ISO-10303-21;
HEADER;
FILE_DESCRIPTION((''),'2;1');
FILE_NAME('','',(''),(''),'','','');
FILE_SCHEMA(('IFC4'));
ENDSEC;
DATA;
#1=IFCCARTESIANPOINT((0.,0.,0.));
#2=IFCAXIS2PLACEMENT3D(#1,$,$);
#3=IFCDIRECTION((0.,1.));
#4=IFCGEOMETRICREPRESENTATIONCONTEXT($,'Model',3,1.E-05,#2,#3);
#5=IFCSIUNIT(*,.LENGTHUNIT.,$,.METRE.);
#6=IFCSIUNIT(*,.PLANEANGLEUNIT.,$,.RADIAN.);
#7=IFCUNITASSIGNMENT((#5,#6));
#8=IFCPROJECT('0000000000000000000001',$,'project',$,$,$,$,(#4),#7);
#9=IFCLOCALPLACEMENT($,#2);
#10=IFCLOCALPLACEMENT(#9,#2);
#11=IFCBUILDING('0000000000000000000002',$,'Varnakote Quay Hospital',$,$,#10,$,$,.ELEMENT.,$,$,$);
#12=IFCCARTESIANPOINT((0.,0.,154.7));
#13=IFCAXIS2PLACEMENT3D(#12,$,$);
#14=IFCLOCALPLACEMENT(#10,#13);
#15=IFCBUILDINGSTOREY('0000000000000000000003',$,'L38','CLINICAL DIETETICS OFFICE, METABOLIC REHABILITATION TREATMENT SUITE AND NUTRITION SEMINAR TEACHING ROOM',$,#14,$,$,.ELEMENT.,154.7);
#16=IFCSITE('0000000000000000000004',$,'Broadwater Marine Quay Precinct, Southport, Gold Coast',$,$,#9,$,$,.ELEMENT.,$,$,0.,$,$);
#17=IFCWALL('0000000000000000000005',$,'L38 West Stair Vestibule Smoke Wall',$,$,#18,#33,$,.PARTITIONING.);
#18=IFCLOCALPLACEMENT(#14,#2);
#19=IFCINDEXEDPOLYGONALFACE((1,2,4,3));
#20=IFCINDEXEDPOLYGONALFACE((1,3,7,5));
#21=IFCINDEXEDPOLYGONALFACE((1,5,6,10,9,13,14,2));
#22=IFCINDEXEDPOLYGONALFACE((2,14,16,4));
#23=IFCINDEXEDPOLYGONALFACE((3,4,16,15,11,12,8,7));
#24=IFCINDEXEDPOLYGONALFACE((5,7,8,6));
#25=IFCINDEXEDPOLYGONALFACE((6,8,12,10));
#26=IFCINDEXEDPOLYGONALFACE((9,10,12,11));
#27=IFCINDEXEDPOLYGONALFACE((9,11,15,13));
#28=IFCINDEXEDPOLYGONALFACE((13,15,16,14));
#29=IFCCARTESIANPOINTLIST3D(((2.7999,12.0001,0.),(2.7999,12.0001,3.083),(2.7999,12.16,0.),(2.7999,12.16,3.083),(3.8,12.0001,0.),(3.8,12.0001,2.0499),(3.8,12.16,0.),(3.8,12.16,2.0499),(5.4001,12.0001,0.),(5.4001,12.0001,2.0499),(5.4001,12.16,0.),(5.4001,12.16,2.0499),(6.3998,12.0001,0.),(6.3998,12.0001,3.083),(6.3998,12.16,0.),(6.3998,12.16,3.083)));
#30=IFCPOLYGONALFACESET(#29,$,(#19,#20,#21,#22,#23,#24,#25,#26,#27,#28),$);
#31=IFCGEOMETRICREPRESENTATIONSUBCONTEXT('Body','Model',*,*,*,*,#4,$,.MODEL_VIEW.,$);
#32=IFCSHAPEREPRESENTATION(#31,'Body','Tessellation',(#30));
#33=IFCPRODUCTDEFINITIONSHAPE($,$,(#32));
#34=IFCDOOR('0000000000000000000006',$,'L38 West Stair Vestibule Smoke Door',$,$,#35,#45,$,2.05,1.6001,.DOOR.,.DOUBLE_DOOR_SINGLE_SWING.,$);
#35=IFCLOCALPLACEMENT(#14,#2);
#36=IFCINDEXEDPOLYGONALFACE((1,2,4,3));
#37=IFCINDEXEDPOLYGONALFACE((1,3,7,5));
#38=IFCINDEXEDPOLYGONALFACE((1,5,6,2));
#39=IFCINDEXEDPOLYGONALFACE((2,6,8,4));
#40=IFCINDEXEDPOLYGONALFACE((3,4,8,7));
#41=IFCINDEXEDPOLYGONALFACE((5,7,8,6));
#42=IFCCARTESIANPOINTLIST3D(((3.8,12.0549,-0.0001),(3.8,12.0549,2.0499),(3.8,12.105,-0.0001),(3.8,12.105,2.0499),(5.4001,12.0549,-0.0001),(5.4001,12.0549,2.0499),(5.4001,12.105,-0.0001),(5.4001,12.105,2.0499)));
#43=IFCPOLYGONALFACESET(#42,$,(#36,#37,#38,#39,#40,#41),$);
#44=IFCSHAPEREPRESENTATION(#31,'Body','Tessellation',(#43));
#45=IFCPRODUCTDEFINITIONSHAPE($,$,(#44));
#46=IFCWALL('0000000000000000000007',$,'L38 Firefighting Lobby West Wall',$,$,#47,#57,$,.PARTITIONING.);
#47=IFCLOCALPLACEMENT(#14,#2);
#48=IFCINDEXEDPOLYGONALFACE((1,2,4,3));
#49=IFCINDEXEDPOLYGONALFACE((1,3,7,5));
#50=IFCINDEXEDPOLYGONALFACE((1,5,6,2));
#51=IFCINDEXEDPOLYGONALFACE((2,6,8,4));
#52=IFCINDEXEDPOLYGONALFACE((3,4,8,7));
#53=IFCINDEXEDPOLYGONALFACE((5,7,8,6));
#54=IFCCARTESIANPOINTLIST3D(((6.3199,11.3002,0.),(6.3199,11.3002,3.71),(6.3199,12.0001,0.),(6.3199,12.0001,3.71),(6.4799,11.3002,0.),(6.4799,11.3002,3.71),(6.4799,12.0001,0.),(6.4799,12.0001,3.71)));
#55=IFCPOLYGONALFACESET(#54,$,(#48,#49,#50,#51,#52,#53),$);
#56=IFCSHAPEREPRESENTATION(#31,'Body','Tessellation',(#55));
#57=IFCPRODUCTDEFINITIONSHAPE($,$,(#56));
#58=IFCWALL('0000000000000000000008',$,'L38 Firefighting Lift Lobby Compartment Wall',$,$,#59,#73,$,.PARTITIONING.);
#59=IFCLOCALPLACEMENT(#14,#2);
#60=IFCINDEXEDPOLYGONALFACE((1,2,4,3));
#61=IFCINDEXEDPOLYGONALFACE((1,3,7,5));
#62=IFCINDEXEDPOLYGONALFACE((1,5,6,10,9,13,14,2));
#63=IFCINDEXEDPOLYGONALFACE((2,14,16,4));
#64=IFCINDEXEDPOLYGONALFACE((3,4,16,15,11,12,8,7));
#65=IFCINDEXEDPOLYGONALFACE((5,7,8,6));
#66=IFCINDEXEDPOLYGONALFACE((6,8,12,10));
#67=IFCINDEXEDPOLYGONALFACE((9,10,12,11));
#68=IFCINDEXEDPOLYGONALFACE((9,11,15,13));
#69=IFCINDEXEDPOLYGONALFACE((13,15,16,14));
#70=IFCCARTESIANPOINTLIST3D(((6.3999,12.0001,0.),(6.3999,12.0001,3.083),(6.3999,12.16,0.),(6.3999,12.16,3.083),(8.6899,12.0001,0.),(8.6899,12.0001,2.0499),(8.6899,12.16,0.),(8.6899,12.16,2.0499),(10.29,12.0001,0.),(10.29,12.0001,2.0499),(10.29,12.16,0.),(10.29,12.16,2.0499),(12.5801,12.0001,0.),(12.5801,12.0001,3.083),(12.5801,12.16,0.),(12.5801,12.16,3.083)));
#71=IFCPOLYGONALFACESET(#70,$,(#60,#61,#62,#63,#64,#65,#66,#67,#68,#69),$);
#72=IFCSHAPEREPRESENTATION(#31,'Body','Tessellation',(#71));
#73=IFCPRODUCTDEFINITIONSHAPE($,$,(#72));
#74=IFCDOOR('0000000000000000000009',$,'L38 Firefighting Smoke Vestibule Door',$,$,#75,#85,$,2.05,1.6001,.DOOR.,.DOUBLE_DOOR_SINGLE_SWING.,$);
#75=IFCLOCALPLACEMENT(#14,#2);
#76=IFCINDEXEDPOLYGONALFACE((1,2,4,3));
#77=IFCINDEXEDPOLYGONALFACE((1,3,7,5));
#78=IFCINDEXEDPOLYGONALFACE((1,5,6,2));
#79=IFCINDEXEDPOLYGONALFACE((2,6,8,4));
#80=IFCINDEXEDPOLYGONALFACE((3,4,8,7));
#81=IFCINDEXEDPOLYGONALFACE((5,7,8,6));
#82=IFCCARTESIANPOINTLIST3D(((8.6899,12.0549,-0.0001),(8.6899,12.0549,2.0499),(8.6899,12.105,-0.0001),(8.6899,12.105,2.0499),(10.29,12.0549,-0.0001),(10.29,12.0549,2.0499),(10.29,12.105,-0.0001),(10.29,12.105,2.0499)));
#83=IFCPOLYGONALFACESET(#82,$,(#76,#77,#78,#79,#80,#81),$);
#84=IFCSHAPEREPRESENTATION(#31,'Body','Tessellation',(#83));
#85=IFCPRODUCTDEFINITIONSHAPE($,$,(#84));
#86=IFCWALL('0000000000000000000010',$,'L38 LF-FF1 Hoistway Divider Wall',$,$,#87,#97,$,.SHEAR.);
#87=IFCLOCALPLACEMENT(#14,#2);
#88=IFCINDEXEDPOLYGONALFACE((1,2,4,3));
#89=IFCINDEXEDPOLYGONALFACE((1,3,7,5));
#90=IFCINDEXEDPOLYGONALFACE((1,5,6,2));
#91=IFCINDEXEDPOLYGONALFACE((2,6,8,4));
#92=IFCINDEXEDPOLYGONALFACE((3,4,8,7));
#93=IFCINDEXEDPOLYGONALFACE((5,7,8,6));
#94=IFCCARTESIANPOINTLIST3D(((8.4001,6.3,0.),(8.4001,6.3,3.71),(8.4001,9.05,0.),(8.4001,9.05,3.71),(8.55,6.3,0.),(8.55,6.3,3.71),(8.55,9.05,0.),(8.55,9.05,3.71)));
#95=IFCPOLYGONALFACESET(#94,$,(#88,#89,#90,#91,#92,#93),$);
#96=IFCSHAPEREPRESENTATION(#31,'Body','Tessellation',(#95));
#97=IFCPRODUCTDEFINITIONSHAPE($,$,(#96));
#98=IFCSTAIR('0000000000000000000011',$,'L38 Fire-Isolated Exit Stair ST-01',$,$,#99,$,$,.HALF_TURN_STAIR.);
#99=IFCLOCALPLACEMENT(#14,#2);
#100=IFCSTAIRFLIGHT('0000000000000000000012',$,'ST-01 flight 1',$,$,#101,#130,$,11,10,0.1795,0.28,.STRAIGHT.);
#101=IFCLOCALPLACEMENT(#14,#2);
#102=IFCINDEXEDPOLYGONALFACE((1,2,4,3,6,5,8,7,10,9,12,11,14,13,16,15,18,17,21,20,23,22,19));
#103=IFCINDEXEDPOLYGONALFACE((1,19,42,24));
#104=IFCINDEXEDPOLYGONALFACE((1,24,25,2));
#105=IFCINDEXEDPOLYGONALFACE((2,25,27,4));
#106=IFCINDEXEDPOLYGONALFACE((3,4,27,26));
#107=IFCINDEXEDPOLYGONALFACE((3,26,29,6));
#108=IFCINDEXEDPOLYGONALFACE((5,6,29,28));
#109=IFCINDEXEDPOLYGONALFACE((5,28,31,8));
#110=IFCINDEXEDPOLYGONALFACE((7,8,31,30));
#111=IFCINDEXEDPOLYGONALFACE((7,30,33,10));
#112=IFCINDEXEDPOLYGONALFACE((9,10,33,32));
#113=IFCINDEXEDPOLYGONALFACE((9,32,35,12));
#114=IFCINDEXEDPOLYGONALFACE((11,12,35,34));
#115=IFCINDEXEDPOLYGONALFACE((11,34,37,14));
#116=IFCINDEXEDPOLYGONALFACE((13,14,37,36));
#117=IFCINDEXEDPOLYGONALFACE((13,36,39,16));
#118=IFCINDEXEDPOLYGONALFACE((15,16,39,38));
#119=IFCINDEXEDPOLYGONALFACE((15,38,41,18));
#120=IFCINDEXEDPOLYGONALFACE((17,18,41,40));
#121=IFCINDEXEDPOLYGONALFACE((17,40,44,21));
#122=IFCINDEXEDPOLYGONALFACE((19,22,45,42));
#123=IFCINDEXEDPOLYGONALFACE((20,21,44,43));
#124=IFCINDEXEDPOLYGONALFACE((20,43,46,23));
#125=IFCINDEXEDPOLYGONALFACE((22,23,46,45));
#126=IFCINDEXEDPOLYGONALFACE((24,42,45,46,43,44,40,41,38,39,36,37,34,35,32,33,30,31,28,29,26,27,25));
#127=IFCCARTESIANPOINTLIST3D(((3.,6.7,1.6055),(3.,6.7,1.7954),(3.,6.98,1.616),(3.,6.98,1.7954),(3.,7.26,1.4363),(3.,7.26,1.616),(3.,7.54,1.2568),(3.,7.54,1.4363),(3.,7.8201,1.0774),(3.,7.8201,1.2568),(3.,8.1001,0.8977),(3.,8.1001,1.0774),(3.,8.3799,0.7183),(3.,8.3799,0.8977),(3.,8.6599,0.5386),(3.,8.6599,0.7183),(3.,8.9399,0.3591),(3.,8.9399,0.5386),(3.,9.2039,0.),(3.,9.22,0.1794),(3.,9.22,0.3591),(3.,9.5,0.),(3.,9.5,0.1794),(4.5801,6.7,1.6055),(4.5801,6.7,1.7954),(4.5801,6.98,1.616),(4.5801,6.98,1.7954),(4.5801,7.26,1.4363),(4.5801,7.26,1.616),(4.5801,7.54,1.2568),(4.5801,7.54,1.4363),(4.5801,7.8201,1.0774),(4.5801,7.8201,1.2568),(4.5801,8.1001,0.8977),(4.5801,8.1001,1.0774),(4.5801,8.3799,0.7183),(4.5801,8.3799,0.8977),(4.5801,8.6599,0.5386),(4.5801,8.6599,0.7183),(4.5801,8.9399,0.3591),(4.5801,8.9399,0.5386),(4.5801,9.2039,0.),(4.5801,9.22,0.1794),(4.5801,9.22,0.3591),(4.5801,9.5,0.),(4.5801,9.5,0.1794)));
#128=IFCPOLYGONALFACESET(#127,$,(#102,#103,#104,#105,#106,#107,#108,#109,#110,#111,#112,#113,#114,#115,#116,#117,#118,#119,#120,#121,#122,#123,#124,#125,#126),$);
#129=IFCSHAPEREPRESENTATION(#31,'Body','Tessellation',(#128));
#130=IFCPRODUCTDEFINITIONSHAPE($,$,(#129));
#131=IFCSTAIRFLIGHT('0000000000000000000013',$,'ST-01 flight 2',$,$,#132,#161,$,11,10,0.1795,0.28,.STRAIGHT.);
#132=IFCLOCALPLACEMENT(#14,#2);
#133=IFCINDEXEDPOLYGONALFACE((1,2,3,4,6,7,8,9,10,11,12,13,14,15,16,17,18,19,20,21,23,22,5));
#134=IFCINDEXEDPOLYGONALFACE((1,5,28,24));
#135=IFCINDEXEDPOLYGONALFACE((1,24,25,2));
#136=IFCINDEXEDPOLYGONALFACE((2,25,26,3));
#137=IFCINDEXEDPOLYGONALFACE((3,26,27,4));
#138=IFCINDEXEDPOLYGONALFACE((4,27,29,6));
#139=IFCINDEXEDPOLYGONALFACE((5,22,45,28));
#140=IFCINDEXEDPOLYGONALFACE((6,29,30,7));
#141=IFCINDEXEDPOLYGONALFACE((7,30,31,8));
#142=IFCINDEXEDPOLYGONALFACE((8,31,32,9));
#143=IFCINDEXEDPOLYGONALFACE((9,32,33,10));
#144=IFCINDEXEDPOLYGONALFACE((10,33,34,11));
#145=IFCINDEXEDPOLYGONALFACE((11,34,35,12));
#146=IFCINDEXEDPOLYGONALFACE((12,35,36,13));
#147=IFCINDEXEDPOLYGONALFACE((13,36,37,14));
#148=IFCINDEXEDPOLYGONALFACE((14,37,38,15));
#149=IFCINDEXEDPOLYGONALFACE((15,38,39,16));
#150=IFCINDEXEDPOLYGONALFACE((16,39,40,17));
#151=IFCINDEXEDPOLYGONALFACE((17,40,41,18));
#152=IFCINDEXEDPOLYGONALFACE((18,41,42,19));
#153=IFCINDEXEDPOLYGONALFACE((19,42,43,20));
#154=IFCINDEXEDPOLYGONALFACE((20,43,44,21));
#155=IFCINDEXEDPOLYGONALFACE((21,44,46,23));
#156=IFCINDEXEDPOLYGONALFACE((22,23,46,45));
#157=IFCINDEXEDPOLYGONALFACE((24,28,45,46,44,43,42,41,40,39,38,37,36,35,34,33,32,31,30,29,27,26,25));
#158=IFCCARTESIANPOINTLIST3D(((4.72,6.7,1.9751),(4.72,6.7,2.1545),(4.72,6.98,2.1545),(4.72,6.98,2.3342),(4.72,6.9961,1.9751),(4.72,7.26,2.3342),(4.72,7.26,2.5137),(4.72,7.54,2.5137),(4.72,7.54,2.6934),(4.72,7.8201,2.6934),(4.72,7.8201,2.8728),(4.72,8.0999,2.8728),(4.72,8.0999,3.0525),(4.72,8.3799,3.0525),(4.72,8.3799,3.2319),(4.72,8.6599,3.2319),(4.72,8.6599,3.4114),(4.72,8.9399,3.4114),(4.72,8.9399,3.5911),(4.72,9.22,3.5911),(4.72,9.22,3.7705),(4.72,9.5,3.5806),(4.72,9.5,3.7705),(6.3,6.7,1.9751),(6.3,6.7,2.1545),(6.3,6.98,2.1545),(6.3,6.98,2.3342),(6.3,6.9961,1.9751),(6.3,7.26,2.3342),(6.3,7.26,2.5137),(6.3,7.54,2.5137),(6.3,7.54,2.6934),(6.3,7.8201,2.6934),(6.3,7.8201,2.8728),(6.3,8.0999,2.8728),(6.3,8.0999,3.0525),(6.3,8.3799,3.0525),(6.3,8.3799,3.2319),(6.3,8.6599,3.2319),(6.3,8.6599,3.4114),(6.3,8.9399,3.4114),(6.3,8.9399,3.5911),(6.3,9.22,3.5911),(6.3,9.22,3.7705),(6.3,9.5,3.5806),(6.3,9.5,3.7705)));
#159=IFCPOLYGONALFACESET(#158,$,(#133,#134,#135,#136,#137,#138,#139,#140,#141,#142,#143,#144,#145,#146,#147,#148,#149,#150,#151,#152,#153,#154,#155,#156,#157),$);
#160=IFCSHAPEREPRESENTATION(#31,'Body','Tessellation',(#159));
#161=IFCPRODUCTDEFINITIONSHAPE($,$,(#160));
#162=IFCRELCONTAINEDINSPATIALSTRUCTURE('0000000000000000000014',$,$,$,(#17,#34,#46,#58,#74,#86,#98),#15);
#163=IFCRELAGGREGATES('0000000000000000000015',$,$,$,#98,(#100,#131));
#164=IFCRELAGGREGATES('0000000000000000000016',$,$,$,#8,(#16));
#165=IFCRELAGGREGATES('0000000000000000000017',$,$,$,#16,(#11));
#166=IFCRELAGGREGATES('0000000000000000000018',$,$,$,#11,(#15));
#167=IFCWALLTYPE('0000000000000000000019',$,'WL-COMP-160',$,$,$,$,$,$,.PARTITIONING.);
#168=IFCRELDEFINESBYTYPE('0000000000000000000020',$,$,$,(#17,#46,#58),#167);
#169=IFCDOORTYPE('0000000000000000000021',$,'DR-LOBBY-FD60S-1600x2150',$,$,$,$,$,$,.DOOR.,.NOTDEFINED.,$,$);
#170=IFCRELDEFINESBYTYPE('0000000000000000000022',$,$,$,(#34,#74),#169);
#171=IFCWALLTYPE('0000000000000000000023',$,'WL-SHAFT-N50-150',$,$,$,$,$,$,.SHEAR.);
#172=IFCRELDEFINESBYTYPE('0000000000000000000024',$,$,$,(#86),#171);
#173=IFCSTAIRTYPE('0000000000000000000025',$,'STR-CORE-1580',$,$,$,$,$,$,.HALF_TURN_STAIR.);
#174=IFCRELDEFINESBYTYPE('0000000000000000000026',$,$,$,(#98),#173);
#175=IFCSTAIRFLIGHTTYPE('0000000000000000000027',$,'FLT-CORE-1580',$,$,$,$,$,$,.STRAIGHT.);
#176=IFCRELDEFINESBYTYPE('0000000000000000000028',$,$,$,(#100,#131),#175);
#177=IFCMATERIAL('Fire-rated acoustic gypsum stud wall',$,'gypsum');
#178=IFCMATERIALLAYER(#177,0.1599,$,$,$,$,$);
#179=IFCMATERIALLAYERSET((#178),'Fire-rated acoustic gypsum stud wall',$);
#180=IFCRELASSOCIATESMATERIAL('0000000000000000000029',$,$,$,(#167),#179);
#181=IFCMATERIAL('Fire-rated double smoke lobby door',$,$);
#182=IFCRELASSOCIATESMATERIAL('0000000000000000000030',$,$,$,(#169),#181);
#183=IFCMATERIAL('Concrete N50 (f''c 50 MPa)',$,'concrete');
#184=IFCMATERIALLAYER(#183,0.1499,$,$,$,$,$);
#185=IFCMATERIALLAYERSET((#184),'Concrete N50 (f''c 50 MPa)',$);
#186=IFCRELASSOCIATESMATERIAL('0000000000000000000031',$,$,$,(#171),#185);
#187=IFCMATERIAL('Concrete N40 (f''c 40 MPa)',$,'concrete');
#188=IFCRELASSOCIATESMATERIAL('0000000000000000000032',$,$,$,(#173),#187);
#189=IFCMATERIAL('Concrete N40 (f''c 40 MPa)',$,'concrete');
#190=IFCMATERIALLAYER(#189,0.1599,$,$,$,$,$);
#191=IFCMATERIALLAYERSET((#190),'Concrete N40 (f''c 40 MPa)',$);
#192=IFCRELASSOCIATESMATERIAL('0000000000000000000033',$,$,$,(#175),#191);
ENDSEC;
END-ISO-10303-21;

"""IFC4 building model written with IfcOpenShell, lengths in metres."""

from ifc_helpers import new_model, si_unit, direction, frame, frame_2d, origin, place, context, subcontext, project, spatial, polyline, rectangle, outline, extrude, material, layer, layer_set, type_object, element, fill, aggregate, save


model = new_model("IFC4")

# Units and contexts
model_context = context("Model", 3, precision=1e-05, world=origin(), true_north=direction((0.0, 1.0)))
body_context = subcontext(model_context, "Body", "Model", "MODEL_VIEW")
ifc_project = project(units=[si_unit("LENGTHUNIT", "METRE"), si_unit("PLANEANGLEUNIT", "RADIAN")], contexts=[model_context])

# Site, building, storey
site_placement = place(None, origin())
site = spatial("IfcSite", under=ifc_project, at=site_placement, Name="Broadwater Marine Quay Precinct, Southport, Gold Coast", CompositionType="ELEMENT", RefElevation=0.0)
building_placement = place(site_placement, origin())
building = spatial("IfcBuilding", under=site, at=building_placement, Name="Varnakote Quay Hospital", CompositionType="ELEMENT")
storey_placement = place(building_placement, frame((0.0, 0.0, 154.7)))
storey = spatial("IfcBuildingStorey", under=building, at=storey_placement, Name="L38", Description="CLINICAL DIETETICS OFFICE, METABOLIC REHABILITATION TREATMENT SUITE AND NUTRITION SEMINAR TEACHING ROOM", CompositionType="ELEMENT", Elevation=154.7)

# Shared definitions
ifc_material_1 = material(Name="Fire-rated acoustic gypsum stud wall", Category="gypsum")
ifc_layer_1 = layer(ifc_material_1, 0.1599)
ifc_layer_set_1 = layer_set([ifc_layer_1], Name="Fire-rated acoustic gypsum stud wall")
wall_type_1 = type_object("IfcWallType", Name="WL-COMP-160", PredefinedType="PARTITIONING", material=ifc_layer_set_1)

# Wall, opening, door
wall_1_placement = place(storey_placement, frame((2.8, 12.0801, 0.0), z_axis=(0.0, 0.0, 1.0), x_axis=(1.0, 0.0, 0.0)))
wall_1 = element("IfcWall", 1, at=wall_1_placement, inside=storey, type_object=wall_type_1, Name="L38 West Stair Vestibule Smoke Wall", PredefinedType="PARTITIONING", context=body_context, shape_type="SweptSolid", body=[
    extrude(rectangle(XDim=3.5999, YDim=0.1599, at=frame_2d((1.7998, 0.0))), origin(), (0.0, 0.0, 1.0), 3.083),
])
opening_1_placement = place(wall_1_placement, frame((1.0, 0.0, 0.0)))
opening_1 = element("IfcOpeningElement", 2, at=opening_1_placement, cuts=wall_1, PredefinedType="OPENING", context=body_context, shape_type="SweptSolid", body=[
    extrude(rectangle(XDim=1.6001, YDim=2.05, at=frame_2d((0.8, 1.0249))), frame((0.0, 0.0898, 0.0), z_axis=(0.0, -1.0, 0.0), x_axis=(1.0, 0.0, 0.0)), (0.0, 0.0, 1.0), 0.1799),
])
ifc_material_2 = material(Name="Fire-rated double smoke lobby door")
door_type_1 = type_object("IfcDoorType", Name="DR-LOBBY-FD60S-1600x2150", OperationType="NOTDEFINED", PredefinedType="DOOR", material=ifc_material_2)
door_1_placement = place(opening_1_placement, origin())
door_1 = element("IfcDoor", 3, at=door_1_placement, inside=storey, type_object=door_type_1, Name="L38 West Stair Vestibule Smoke Door", OperationType="DOUBLE_DOOR_SINGLE_SWING", OverallHeight=2.05, OverallWidth=1.6001, PredefinedType="DOOR", context=body_context, shape_type="SweptSolid", body=[
    extrude(rectangle(XDim=1.6001, YDim=2.05, at=frame_2d((0.8, 1.0249))), frame((0.0, 0.0249, 0.0), z_axis=(0.0, -1.0, 0.0), x_axis=(1.0, 0.0, 0.0)), (0.0, 0.0, 1.0), 0.05),
])
fill(opening_1, door_1)

# Wall
wall_2_placement = place(storey_placement, frame((6.3999, 11.3, 0.0), z_axis=(0.0, 0.0, 1.0), x_axis=(0.0, 1.0, 0.0)))
element("IfcWall", 4, at=wall_2_placement, inside=storey, type_object=wall_type_1, Name="L38 Firefighting Lobby West Wall", PredefinedType="PARTITIONING", context=body_context, shape_type="SweptSolid", body=[
    extrude(rectangle(XDim=0.7, YDim=0.1599, at=frame_2d((0.3501, 0.0))), origin(), (0.0, 0.0, 1.0), 3.71),
])

# Wall, opening, door
wall_3_placement = place(storey_placement, frame((6.3999, 12.0801, 0.0), z_axis=(0.0, 0.0, 1.0), x_axis=(1.0, 0.0, 0.0)))
wall_3 = element("IfcWall", 5, at=wall_3_placement, inside=storey, type_object=wall_type_1, Name="L38 Firefighting Lift Lobby Compartment Wall", PredefinedType="PARTITIONING", context=body_context, shape_type="SweptSolid", body=[
    extrude(rectangle(XDim=6.1802, YDim=0.1599, at=frame_2d((3.0901, 0.0))), origin(), (0.0, 0.0, 1.0), 3.083),
])
opening_2_placement = place(wall_3_placement, frame((2.29, 0.0, 0.0)))
opening_2 = element("IfcOpeningElement", 6, at=opening_2_placement, cuts=wall_3, PredefinedType="OPENING", context=body_context, shape_type="SweptSolid", body=[
    extrude(rectangle(XDim=1.6001, YDim=2.05, at=frame_2d((0.8, 1.0249))), frame((0.0, 0.0898, 0.0), z_axis=(0.0, -1.0, 0.0), x_axis=(1.0, 0.0, 0.0)), (0.0, 0.0, 1.0), 0.1799),
])
door_2_placement = place(opening_2_placement, origin())
door_2 = element("IfcDoor", 7, at=door_2_placement, inside=storey, type_object=door_type_1, Name="L38 Firefighting Smoke Vestibule Door", OperationType="DOUBLE_DOOR_SINGLE_SWING", OverallHeight=2.05, OverallWidth=1.6001, PredefinedType="DOOR", context=body_context, shape_type="SweptSolid", body=[
    extrude(rectangle(XDim=1.6001, YDim=2.05, at=frame_2d((0.8, 1.0249))), frame((0.0, 0.0249, 0.0), z_axis=(0.0, -1.0, 0.0), x_axis=(1.0, 0.0, 0.0)), (0.0, 0.0, 1.0), 0.05),
])
fill(opening_2, door_2)

# Wall
ifc_material_3 = material(Name="Concrete N50 (f'c 50 MPa)", Category="concrete")
ifc_layer_2 = layer(ifc_material_3, 0.1499)
ifc_layer_set_2 = layer_set([ifc_layer_2], Name="Concrete N50 (f'c 50 MPa)")
wall_type_2 = type_object("IfcWallType", Name="WL-SHAFT-N50-150", PredefinedType="SHEAR", material=ifc_layer_set_2)
wall_4_placement = place(storey_placement, frame((8.4751, 6.3, 0.0), z_axis=(0.0, 0.0, 1.0), x_axis=(0.0, 1.0, 0.0)))
element("IfcWall", 8, at=wall_4_placement, inside=storey, type_object=wall_type_2, Name="L38 LF-FF1 Hoistway Divider Wall", PredefinedType="SHEAR", context=body_context, shape_type="SweptSolid", body=[
    extrude(rectangle(XDim=2.75, YDim=0.1499, at=frame_2d((1.375, 0.0))), origin(), (0.0, 0.0, 1.0), 3.71),
])

# Stair, stair flights
ifc_material_4 = material(Name="Concrete N40 (f'c 40 MPa)", Category="concrete")
stair_type = type_object("IfcStairType", Name="STR-CORE-1580", PredefinedType="HALF_TURN_STAIR", material=ifc_material_4)
stair_placement = place(storey_placement, origin())
stair = element("IfcStair", 9, at=stair_placement, inside=storey, type_object=stair_type, Name="L38 Fire-Isolated Exit Stair ST-01", PredefinedType="HALF_TURN_STAIR")
ifc_material_5 = material(Name="Concrete N40 (f'c 40 MPa)", Category="concrete")
ifc_layer_3 = layer(ifc_material_5, 0.1599)
ifc_layer_set_3 = layer_set([ifc_layer_3], Name="Concrete N40 (f'c 40 MPa)")
stair_flight_type = type_object("IfcStairFlightType", Name="FLT-CORE-1580", PredefinedType="STRAIGHT", material=ifc_layer_set_3)
stair_flight_1_placement = place(storey_placement, frame((3.79, 9.5, 0.0), z_axis=(0.0, 0.0, 1.0), x_axis=(0.0, -1.0, 0.0)))
stair_flight_1 = element("IfcStairFlight", 10, at=stair_flight_1_placement, type_object=stair_flight_type, Name="ST-01 flight 1", NumberOfRisers=11, NumberOfTreads=10, PredefinedType="STRAIGHT", RiserHeight=0.1795, TreadLength=0.28, context=body_context, shape_type="SweptSolid", body=[
    extrude(outline(polyline([(0.0, 0.0), (0.0, 0.1794), (0.28, 0.1794), (0.28, 0.3591), (0.5601, 0.3591), (0.5601, 0.5386), (0.8401, 0.5386), (0.8401, 0.7183), (1.1201, 0.7183), (1.1201, 0.8977), (1.3999, 0.8977), (1.3999, 1.0774), (1.6799, 1.0774), (1.6799, 1.2568), (1.96, 1.2568), (1.96, 1.4363), (2.24, 1.4363), (2.24, 1.616), (2.52, 1.616), (2.52, 1.7954), (2.8, 1.7954), (2.8, 1.9751), (2.8, 1.6055), (0.2961, 0.0), (0.0, 0.0)])), frame((0.0, 0.79, 0.0), z_axis=(0.0, -1.0, 0.0), x_axis=(1.0, 0.0, 0.0)), (0.0, 0.0, 1.0), 1.5801),
])
stair_flight_2_placement = place(storey_placement, frame((5.51, 6.7, 1.9751), z_axis=(0.0, 0.0, 1.0), x_axis=(0.0, 1.0, 0.0)))
stair_flight_2 = element("IfcStairFlight", 11, at=stair_flight_2_placement, type_object=stair_flight_type, Name="ST-01 flight 2", NumberOfRisers=11, NumberOfTreads=10, PredefinedType="STRAIGHT", RiserHeight=0.1795, TreadLength=0.28, context=body_context, shape_type="SweptSolid", body=[
    extrude(outline(polyline([(0.0, 0.0), (0.0, 0.1794), (0.28, 0.1794), (0.28, 0.3591), (0.5601, 0.3591), (0.5601, 0.5386), (0.8401, 0.5386), (0.8401, 0.7183), (1.1201, 0.7183), (1.1201, 0.8977), (1.3999, 0.8977), (1.3999, 1.0774), (1.6799, 1.0774), (1.6799, 1.2568), (1.96, 1.2568), (1.96, 1.4363), (2.24, 1.4363), (2.24, 1.616), (2.52, 1.616), (2.52, 1.7954), (2.8, 1.7954), (2.8, 1.9751), (2.8, 1.6055), (0.2961, 0.0), (0.0, 0.0)])), frame((0.0, 0.79, 0.0), z_axis=(0.0, -1.0, 0.0), x_axis=(1.0, 0.0, 0.0)), (0.0, 0.0, 1.0), 1.5801),
])
aggregate(stair, [stair_flight_1, stair_flight_2])

save(model, "model.ifc")
